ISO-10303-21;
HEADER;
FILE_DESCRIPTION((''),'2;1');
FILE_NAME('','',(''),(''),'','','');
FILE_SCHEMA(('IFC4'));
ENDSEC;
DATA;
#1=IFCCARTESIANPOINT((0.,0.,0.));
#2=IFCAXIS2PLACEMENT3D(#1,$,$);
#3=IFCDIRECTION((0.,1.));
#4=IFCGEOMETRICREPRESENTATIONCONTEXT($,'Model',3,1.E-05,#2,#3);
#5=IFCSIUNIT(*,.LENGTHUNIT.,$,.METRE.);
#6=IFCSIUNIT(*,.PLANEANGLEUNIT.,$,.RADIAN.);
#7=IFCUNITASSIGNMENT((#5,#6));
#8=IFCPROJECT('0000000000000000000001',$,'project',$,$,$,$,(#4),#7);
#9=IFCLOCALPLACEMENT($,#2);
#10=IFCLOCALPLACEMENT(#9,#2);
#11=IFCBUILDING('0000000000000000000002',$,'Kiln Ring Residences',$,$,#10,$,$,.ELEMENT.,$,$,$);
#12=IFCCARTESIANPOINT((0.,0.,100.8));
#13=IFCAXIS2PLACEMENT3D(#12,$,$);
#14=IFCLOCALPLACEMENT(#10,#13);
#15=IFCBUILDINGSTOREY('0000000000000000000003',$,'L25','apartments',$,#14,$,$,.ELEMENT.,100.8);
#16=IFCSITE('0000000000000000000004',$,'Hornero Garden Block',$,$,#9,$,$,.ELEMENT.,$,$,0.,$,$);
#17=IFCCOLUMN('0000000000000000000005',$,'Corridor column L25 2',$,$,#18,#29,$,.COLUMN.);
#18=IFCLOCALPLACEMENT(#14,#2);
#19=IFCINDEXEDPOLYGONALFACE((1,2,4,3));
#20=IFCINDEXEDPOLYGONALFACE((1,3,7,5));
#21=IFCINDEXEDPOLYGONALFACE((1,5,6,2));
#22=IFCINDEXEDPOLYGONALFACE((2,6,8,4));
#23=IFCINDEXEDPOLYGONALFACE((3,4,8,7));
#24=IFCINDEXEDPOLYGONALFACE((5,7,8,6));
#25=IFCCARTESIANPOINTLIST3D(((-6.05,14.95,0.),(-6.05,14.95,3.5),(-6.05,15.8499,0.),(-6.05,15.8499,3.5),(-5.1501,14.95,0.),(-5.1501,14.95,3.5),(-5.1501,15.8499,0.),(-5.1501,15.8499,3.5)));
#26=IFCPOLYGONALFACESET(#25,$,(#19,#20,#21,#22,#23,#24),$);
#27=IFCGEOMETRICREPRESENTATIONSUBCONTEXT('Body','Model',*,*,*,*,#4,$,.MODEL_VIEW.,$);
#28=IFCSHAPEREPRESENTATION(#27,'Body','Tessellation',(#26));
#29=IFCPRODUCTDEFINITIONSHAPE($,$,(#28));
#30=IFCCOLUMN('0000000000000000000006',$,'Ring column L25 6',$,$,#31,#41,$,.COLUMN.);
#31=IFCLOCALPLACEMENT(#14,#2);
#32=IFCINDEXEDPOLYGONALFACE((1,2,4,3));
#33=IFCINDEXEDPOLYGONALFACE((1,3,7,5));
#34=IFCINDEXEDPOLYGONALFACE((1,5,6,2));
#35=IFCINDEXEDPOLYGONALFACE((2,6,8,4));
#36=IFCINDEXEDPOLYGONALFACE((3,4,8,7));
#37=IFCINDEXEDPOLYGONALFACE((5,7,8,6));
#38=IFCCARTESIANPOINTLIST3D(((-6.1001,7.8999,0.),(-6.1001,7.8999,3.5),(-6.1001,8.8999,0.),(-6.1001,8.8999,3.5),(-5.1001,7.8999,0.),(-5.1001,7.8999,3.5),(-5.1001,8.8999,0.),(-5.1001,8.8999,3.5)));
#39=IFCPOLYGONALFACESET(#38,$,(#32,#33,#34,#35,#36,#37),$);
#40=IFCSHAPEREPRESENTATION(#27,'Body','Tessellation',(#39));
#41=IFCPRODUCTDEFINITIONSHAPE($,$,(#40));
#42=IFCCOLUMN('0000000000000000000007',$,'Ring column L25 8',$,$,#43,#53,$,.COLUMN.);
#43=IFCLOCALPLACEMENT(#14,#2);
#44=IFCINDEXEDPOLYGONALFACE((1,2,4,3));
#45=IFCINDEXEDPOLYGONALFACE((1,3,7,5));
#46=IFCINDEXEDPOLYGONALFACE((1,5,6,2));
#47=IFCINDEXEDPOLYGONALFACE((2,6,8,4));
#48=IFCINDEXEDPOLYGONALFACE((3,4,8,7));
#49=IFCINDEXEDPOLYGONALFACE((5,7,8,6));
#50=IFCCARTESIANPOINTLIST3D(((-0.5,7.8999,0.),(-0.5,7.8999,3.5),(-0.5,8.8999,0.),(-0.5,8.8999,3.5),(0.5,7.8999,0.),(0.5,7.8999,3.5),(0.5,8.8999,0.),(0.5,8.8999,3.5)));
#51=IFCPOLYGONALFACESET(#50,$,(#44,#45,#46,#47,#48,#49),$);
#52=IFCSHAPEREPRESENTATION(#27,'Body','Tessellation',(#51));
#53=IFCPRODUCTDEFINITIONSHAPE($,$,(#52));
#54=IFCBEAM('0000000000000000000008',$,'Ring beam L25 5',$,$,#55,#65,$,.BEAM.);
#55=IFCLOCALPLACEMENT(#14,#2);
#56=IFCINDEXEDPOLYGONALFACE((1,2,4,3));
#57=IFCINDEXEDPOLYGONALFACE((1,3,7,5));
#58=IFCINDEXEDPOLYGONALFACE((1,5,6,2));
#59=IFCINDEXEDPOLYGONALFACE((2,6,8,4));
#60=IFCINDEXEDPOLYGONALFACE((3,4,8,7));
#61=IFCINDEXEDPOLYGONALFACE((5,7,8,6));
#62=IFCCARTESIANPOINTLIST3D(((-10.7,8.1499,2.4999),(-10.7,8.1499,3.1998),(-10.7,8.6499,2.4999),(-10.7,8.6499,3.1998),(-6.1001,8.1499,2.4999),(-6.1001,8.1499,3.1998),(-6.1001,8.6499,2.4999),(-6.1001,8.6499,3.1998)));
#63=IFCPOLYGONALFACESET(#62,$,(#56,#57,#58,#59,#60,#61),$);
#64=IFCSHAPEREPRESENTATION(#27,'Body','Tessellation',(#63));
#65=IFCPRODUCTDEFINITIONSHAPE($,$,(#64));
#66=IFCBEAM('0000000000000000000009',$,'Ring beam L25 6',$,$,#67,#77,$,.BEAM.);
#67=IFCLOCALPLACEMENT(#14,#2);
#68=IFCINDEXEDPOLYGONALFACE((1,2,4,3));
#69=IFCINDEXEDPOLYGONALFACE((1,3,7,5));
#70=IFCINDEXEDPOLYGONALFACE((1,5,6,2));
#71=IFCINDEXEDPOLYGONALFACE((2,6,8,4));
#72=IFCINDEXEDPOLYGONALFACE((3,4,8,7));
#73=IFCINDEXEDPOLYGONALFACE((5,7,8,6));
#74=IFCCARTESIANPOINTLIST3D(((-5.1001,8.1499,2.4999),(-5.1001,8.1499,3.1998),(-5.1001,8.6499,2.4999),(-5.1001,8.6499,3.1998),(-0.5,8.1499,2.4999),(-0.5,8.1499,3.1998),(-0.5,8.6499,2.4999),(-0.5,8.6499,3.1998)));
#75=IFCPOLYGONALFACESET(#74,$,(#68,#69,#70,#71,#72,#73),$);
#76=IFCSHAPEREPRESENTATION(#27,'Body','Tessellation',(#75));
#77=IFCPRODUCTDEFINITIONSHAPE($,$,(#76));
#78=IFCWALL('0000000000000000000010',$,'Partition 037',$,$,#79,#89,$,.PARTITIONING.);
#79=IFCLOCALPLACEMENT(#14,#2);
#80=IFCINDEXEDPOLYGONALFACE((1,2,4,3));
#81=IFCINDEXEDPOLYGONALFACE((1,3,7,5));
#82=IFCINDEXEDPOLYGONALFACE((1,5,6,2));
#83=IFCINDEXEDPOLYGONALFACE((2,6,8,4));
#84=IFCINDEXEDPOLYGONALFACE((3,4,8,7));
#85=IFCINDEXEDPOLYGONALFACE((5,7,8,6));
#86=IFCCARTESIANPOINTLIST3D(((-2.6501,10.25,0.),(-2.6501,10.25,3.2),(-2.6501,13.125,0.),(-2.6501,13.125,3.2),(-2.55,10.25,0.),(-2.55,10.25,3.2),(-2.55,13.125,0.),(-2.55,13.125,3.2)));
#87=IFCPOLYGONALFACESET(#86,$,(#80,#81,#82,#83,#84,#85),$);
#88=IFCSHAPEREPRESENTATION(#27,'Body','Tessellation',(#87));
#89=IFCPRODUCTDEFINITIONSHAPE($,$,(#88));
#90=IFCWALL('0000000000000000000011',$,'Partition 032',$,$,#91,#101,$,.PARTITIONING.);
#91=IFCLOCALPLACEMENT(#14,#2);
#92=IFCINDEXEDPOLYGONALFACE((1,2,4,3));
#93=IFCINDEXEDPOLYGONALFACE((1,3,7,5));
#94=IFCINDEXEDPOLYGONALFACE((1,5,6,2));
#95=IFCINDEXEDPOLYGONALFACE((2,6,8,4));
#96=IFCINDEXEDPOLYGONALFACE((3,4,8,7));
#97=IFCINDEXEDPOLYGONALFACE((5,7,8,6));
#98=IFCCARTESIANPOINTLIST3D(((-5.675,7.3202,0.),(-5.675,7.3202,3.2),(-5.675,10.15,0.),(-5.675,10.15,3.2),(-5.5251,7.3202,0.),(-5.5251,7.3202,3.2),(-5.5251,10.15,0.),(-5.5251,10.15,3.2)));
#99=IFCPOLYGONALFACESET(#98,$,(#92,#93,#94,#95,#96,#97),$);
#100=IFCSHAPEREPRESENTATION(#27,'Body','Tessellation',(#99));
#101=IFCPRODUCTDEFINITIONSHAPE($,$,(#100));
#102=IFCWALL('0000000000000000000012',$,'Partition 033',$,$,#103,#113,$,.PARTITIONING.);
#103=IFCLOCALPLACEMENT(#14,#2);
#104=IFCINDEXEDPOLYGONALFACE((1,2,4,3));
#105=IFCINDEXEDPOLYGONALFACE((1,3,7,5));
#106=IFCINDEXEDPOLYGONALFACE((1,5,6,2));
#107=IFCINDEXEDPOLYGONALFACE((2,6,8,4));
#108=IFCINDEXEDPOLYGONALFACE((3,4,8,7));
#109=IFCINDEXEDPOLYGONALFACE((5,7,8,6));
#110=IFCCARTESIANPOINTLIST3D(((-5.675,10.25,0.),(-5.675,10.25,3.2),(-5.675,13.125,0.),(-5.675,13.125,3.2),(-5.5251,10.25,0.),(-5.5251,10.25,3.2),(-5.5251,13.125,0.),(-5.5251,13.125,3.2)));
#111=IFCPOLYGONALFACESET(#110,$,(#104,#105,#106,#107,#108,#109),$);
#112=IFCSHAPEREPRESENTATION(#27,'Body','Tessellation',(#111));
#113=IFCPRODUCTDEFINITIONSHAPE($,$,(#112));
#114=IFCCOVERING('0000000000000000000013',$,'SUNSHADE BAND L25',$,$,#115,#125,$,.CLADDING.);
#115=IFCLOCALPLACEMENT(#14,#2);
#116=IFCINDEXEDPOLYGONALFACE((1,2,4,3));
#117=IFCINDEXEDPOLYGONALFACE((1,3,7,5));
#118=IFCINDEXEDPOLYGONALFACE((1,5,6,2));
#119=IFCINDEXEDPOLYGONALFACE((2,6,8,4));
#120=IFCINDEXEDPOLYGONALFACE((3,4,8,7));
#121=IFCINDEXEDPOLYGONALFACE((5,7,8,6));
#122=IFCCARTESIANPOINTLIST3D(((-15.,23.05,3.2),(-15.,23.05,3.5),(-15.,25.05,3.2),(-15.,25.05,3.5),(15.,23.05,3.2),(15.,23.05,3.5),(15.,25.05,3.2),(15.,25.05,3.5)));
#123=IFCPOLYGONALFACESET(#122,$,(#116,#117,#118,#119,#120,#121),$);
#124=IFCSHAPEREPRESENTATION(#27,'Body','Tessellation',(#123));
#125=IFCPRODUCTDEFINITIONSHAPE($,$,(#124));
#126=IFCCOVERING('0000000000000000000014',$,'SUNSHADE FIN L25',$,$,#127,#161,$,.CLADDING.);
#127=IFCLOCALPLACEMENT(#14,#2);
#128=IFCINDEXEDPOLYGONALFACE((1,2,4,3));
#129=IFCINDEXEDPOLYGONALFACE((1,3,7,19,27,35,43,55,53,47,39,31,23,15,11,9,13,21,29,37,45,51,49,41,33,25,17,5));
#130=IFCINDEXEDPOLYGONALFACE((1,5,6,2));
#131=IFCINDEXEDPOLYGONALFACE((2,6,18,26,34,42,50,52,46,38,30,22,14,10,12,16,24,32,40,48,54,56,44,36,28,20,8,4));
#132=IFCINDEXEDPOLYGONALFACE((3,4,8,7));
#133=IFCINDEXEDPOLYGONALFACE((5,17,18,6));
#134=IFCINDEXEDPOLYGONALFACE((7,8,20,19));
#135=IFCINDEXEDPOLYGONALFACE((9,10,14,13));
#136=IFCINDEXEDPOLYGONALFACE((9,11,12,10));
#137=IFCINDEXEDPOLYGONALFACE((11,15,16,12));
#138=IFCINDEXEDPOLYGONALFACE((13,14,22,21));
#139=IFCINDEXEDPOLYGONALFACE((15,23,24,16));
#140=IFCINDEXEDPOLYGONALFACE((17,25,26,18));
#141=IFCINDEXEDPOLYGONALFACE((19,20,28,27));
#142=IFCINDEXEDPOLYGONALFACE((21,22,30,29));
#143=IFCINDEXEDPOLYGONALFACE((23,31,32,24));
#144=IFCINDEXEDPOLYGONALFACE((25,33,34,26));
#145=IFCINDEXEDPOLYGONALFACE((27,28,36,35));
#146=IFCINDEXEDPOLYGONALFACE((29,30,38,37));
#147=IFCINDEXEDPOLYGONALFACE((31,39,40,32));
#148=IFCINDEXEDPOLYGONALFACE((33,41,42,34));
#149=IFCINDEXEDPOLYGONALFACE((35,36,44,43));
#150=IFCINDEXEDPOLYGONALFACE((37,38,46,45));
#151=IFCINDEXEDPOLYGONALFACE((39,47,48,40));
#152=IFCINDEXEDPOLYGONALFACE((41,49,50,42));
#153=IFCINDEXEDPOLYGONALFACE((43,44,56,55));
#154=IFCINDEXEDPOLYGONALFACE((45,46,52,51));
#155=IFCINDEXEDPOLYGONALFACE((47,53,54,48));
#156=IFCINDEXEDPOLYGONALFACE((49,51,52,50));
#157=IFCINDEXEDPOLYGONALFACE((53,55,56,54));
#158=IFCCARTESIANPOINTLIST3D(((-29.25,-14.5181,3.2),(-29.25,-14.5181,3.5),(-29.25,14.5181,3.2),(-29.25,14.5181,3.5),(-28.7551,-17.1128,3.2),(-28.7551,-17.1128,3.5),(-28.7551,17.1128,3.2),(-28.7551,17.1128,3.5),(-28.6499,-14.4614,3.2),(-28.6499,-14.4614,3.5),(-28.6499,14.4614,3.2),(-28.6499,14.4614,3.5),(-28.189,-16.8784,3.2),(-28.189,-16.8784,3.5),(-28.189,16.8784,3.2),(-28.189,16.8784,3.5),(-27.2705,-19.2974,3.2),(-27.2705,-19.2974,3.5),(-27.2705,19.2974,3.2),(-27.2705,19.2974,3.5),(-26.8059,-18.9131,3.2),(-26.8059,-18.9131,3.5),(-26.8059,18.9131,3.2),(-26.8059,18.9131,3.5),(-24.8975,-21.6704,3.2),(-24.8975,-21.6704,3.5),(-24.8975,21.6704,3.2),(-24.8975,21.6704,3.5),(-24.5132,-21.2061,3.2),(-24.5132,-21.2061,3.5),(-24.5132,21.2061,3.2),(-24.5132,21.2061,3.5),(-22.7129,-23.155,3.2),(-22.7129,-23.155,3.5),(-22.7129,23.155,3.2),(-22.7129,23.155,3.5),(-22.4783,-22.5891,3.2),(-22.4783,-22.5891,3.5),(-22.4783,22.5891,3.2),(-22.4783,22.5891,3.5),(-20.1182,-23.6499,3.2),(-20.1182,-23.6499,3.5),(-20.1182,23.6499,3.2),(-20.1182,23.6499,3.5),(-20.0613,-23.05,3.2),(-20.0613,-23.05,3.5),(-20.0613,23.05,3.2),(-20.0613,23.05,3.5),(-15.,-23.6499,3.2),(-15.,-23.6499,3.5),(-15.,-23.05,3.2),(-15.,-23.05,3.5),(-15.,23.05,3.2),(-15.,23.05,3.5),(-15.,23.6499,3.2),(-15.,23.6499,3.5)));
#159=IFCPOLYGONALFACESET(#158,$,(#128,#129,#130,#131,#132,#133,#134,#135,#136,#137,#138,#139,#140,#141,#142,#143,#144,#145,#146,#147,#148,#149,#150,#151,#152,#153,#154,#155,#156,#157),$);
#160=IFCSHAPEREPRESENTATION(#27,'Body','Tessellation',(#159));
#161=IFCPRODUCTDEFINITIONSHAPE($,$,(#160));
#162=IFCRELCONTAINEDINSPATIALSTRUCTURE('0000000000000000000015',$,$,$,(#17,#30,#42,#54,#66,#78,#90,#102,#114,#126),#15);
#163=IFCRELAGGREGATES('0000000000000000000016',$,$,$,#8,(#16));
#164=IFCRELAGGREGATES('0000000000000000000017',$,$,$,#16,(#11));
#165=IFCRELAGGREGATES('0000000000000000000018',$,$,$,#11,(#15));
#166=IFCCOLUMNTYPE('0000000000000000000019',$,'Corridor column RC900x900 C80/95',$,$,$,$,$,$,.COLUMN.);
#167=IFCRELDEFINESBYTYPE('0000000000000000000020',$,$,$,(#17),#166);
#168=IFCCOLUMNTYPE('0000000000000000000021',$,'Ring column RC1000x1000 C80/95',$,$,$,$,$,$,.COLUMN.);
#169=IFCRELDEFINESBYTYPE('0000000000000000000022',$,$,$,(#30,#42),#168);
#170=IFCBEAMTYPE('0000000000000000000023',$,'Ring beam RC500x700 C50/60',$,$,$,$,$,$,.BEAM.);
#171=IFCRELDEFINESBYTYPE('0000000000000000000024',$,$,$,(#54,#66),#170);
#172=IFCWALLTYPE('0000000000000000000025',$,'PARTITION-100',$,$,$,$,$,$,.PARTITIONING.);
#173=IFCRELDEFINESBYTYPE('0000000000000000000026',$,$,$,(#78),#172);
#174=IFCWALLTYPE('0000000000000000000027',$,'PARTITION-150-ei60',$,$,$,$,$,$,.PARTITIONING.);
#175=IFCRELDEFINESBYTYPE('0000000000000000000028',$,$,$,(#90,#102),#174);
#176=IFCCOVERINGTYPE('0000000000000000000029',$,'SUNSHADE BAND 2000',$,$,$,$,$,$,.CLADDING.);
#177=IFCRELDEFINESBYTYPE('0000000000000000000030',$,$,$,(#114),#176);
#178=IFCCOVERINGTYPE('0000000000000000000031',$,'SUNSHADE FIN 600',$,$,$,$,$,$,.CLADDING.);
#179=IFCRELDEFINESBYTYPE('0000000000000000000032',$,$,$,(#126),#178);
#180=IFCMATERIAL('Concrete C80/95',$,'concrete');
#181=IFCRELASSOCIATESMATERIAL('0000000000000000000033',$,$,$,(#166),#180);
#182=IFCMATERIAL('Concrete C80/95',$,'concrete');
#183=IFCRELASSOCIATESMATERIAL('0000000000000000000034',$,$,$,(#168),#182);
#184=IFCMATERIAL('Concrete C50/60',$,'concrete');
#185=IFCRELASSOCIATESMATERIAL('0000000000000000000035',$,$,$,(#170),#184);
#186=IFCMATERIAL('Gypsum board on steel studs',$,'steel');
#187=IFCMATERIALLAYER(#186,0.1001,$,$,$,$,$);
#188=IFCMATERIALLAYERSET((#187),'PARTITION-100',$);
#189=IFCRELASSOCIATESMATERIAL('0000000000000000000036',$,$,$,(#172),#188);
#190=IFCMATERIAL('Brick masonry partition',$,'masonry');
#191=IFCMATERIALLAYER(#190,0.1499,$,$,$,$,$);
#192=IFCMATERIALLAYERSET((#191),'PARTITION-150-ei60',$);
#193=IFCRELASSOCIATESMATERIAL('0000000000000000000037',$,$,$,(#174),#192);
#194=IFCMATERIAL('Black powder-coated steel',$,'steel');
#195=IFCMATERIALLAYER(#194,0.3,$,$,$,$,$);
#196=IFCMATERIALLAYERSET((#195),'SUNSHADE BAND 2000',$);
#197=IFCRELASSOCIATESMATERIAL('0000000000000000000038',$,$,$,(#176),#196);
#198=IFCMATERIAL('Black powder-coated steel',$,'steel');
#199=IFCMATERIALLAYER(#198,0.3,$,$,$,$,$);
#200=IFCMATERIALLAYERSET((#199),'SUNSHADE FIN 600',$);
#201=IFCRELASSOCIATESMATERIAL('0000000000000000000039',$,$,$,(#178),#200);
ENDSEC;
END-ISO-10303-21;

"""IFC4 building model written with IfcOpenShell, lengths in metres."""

from ifc_helpers import new_model, si_unit, direction, frame, frame_2d, origin, origin_2d, place, context, subcontext, project, spatial, polyline, rectangle, outline, extrude, material, layer, layer_set, material_profile, profile_set, type_object, element, save


model = new_model("IFC4")

# Units and contexts
model_context = context("Model", 3, precision=1e-05, world=origin(), true_north=direction((0.0, 1.0)))
body_context = subcontext(model_context, "Body", "Model", "MODEL_VIEW")
ifc_project = project(units=[si_unit("LENGTHUNIT", "METRE"), si_unit("PLANEANGLEUNIT", "RADIAN")], contexts=[model_context])

# Site, building, storey
site_placement = place(None, origin())
site = spatial("IfcSite", under=ifc_project, at=site_placement, Name="Hornero Garden Block", CompositionType="ELEMENT", RefElevation=0.0)
building_placement = place(site_placement, origin())
building = spatial("IfcBuilding", under=site, at=building_placement, Name="Kiln Ring Residences", CompositionType="ELEMENT")
storey_placement = place(building_placement, frame((0.0, 0.0, 100.8)))
storey = spatial("IfcBuildingStorey", under=building, at=storey_placement, Name="L25", Description="apartments", CompositionType="ELEMENT", Elevation=100.8)

# Columns
ifc_material_1 = material(Name="Concrete C80/95", Category="concrete")
ifc_material_profile_1 = material_profile(ifc_material_1, rectangle(XDim=0.8999, YDim=0.8999, at=origin_2d()), Name="RC900x900")
ifc_profile_set_1 = profile_set([ifc_material_profile_1], Name="Concrete C80/95")
column_type_1 = type_object("IfcColumnType", Name="Corridor column RC900x900 C80/95", PredefinedType="COLUMN", material=ifc_profile_set_1)
column_placement = place(storey_placement, frame((-5.6001, 15.3999, 0.0), z_axis=(0.0, 0.0, 1.0), x_axis=(1.0, 0.0, 0.0)))
element("IfcColumn", 1, at=column_placement, inside=storey, type_object=column_type_1, Name="Corridor column L25 2", PredefinedType="COLUMN", context=body_context, shape_type="SweptSolid", body=[
    extrude(rectangle(XDim=0.8999, YDim=0.8999, at=origin_2d()), origin(), (0.0, 0.0, 1.0), 3.5),
])
ifc_material_2 = material(Name="Concrete C80/95", Category="concrete")
ifc_material_profile_2 = material_profile(ifc_material_2, rectangle(XDim=1.0, YDim=1.0, at=origin_2d()), Name="RC1000x1000")
ifc_profile_set_2 = profile_set([ifc_material_profile_2], Name="Concrete C80/95")
column_type_2 = type_object("IfcColumnType", Name="Ring column RC1000x1000 C80/95", PredefinedType="COLUMN", material=ifc_profile_set_2)
for number, where, z_axis, x_axis, name in (
    (2, (-5.6001, 8.3999, 0.0), (0.0, 0.0, 1.0), (1.0, 0.0, 0.0), "Ring column L25 6"),
    (3, (0.0, 8.3999, 0.0), (0.0, 0.0, 1.0), (1.0, 0.0, 0.0), "Ring column L25 8"),
):
    element("IfcColumn", number, at=place(storey_placement, frame(where, z_axis=z_axis, x_axis=x_axis)), inside=storey, type_object=column_type_2, Name=name, PredefinedType="COLUMN", context=body_context, shape_type="SweptSolid", body=[
        extrude(rectangle(XDim=1.0, YDim=1.0, at=origin_2d()), origin(), (0.0, 0.0, 1.0), 3.5),
    ])

# Beams
ifc_material_3 = material(Name="Concrete C50/60", Category="concrete")
ifc_material_profile_3 = material_profile(ifc_material_3, rectangle(XDim=0.5, YDim=0.7, at=origin_2d()), Name="RC500x700")
ifc_profile_set_3 = profile_set([ifc_material_profile_3], Name="Concrete C50/60")
beam_type = type_object("IfcBeamType", Name="Ring beam RC500x700 C50/60", PredefinedType="BEAM", material=ifc_profile_set_3)
beam_1_placement = place(storey_placement, frame((-10.7, 8.3999, 2.8499), z_axis=(1.0, 0.0, 0.0), x_axis=(0.0, 1.0, 0.0)))
element("IfcBeam", 4, at=beam_1_placement, inside=storey, type_object=beam_type, Name="Ring beam L25 5", PredefinedType="BEAM", context=body_context, shape_type="SweptSolid", body=[
    extrude(rectangle(XDim=0.5, YDim=0.7, at=origin_2d()), origin(), (0.0, 0.0, 1.0), 4.5999),
])
beam_2_placement = place(storey_placement, frame((-5.1001, 8.3999, 2.8499), z_axis=(1.0, 0.0, 0.0), x_axis=(0.0, 1.0, 0.0)))
element("IfcBeam", 5, at=beam_2_placement, inside=storey, type_object=beam_type, Name="Ring beam L25 6", PredefinedType="BEAM", context=body_context, shape_type="SweptSolid", body=[
    extrude(rectangle(XDim=0.5, YDim=0.7, at=origin_2d()), origin(), (0.0, 0.0, 1.0), 4.6001),
])

# Walls
ifc_material_4 = material(Name="Gypsum board on steel studs", Category="steel")
ifc_layer_1 = layer(ifc_material_4, 0.1001)
ifc_layer_set_1 = layer_set([ifc_layer_1], Name="PARTITION-100")
wall_type_1 = type_object("IfcWallType", Name="PARTITION-100", PredefinedType="PARTITIONING", material=ifc_layer_set_1)
wall_1_placement = place(storey_placement, frame((-2.6001, 10.25, 0.0), z_axis=(0.0, 0.0, 1.0), x_axis=(0.0, 1.0, 0.0)))
element("IfcWall", 6, at=wall_1_placement, inside=storey, type_object=wall_type_1, Name="Partition 037", PredefinedType="PARTITIONING", context=body_context, shape_type="SweptSolid", body=[
    extrude(rectangle(XDim=2.875, YDim=0.1001, at=frame_2d((1.4375, 0.0))), origin(), (0.0, 0.0, 1.0), 3.2),
])
ifc_material_5 = material(Name="Brick masonry partition", Category="masonry")
ifc_layer_2 = layer(ifc_material_5, 0.1499)
ifc_layer_set_2 = layer_set([ifc_layer_2], Name="PARTITION-150-ei60")
wall_type_2 = type_object("IfcWallType", Name="PARTITION-150-ei60", PredefinedType="PARTITIONING", material=ifc_layer_set_2)
wall_2_placement = place(storey_placement, frame((-5.6001, 7.3201, 0.0), z_axis=(0.0, 0.0, 1.0), x_axis=(0.0, 1.0, 0.0)))
element("IfcWall", 7, at=wall_2_placement, inside=storey, type_object=wall_type_2, Name="Partition 032", PredefinedType="PARTITIONING", context=body_context, shape_type="SweptSolid", body=[
    extrude(rectangle(XDim=2.8298, YDim=0.1499, at=frame_2d((1.415, 0.0))), origin(), (0.0, 0.0, 1.0), 3.2),
])
wall_3_placement = place(storey_placement, frame((-5.6001, 10.25, 0.0), z_axis=(0.0, 0.0, 1.0), x_axis=(0.0, 1.0, 0.0)))
element("IfcWall", 8, at=wall_3_placement, inside=storey, type_object=wall_type_2, Name="Partition 033", PredefinedType="PARTITIONING", context=body_context, shape_type="SweptSolid", body=[
    extrude(rectangle(XDim=2.875, YDim=0.1499, at=frame_2d((1.4375, 0.0))), origin(), (0.0, 0.0, 1.0), 3.2),
])

# Coverings
ifc_material_6 = material(Name="Black powder-coated steel", Category="steel")
ifc_layer_3 = layer(ifc_material_6, 0.3)
ifc_layer_set_3 = layer_set([ifc_layer_3], Name="SUNSHADE BAND 2000")
covering_type_1 = type_object("IfcCoveringType", Name="SUNSHADE BAND 2000", PredefinedType="CLADDING", material=ifc_layer_set_3)
placement = place(storey_placement, frame((0.0, 0.0, 3.2)))
element("IfcCovering", 9, at=placement, inside=storey, type_object=covering_type_1, Name="SUNSHADE BAND L25", PredefinedType="CLADDING", context=body_context, shape_type="SweptSolid", body=[
    extrude(outline(polyline([(15.0, 25.05), (-15.0, 25.05), (-15.0, 23.05), (15.0, 23.05), (15.0, 25.05)])), origin(), (0.0, 0.0, 1.0), 0.3),
])
ifc_material_7 = material(Name="Black powder-coated steel", Category="steel")
ifc_layer_4 = layer(ifc_material_7, 0.3)
ifc_layer_set_4 = layer_set([ifc_layer_4], Name="SUNSHADE FIN 600")
covering_type_2 = type_object("IfcCoveringType", Name="SUNSHADE FIN 600", PredefinedType="CLADDING", material=ifc_layer_set_4)
element("IfcCovering", 10, at=placement, inside=storey, type_object=covering_type_2, Name="SUNSHADE FIN L25", PredefinedType="CLADDING", context=body_context, shape_type="SweptSolid", body=[
    extrude(outline(polyline([(-29.25, -14.5181), (-28.7551, -17.1128), (-27.2705, -19.2974), (-24.8975, -21.6704), (-22.7129, -23.155), (-20.1182, -23.6499), (-15.0, -23.6499), (-15.0, -23.05), (-20.0613, -23.05), (-22.4783, -22.5891), (-24.5132, -21.2061), (-26.8059, -18.9131), (-28.189, -16.8784), (-28.6499, -14.4614), (-28.6499, 14.4614), (-28.189, 16.8784), (-26.8059, 18.9131), (-24.5132, 21.2061), (-22.4783, 22.5891), (-20.0613, 23.05), (-15.0, 23.05), (-15.0, 23.6499), (-20.1182, 23.6499), (-22.7129, 23.155), (-24.8975, 21.6704), (-27.2705, 19.2974), (-28.7551, 17.1128), (-29.25, 14.5181), (-29.25, -14.5181)])), origin(), (0.0, 0.0, 1.0), 0.3),
])

save(model, "model.ifc")
